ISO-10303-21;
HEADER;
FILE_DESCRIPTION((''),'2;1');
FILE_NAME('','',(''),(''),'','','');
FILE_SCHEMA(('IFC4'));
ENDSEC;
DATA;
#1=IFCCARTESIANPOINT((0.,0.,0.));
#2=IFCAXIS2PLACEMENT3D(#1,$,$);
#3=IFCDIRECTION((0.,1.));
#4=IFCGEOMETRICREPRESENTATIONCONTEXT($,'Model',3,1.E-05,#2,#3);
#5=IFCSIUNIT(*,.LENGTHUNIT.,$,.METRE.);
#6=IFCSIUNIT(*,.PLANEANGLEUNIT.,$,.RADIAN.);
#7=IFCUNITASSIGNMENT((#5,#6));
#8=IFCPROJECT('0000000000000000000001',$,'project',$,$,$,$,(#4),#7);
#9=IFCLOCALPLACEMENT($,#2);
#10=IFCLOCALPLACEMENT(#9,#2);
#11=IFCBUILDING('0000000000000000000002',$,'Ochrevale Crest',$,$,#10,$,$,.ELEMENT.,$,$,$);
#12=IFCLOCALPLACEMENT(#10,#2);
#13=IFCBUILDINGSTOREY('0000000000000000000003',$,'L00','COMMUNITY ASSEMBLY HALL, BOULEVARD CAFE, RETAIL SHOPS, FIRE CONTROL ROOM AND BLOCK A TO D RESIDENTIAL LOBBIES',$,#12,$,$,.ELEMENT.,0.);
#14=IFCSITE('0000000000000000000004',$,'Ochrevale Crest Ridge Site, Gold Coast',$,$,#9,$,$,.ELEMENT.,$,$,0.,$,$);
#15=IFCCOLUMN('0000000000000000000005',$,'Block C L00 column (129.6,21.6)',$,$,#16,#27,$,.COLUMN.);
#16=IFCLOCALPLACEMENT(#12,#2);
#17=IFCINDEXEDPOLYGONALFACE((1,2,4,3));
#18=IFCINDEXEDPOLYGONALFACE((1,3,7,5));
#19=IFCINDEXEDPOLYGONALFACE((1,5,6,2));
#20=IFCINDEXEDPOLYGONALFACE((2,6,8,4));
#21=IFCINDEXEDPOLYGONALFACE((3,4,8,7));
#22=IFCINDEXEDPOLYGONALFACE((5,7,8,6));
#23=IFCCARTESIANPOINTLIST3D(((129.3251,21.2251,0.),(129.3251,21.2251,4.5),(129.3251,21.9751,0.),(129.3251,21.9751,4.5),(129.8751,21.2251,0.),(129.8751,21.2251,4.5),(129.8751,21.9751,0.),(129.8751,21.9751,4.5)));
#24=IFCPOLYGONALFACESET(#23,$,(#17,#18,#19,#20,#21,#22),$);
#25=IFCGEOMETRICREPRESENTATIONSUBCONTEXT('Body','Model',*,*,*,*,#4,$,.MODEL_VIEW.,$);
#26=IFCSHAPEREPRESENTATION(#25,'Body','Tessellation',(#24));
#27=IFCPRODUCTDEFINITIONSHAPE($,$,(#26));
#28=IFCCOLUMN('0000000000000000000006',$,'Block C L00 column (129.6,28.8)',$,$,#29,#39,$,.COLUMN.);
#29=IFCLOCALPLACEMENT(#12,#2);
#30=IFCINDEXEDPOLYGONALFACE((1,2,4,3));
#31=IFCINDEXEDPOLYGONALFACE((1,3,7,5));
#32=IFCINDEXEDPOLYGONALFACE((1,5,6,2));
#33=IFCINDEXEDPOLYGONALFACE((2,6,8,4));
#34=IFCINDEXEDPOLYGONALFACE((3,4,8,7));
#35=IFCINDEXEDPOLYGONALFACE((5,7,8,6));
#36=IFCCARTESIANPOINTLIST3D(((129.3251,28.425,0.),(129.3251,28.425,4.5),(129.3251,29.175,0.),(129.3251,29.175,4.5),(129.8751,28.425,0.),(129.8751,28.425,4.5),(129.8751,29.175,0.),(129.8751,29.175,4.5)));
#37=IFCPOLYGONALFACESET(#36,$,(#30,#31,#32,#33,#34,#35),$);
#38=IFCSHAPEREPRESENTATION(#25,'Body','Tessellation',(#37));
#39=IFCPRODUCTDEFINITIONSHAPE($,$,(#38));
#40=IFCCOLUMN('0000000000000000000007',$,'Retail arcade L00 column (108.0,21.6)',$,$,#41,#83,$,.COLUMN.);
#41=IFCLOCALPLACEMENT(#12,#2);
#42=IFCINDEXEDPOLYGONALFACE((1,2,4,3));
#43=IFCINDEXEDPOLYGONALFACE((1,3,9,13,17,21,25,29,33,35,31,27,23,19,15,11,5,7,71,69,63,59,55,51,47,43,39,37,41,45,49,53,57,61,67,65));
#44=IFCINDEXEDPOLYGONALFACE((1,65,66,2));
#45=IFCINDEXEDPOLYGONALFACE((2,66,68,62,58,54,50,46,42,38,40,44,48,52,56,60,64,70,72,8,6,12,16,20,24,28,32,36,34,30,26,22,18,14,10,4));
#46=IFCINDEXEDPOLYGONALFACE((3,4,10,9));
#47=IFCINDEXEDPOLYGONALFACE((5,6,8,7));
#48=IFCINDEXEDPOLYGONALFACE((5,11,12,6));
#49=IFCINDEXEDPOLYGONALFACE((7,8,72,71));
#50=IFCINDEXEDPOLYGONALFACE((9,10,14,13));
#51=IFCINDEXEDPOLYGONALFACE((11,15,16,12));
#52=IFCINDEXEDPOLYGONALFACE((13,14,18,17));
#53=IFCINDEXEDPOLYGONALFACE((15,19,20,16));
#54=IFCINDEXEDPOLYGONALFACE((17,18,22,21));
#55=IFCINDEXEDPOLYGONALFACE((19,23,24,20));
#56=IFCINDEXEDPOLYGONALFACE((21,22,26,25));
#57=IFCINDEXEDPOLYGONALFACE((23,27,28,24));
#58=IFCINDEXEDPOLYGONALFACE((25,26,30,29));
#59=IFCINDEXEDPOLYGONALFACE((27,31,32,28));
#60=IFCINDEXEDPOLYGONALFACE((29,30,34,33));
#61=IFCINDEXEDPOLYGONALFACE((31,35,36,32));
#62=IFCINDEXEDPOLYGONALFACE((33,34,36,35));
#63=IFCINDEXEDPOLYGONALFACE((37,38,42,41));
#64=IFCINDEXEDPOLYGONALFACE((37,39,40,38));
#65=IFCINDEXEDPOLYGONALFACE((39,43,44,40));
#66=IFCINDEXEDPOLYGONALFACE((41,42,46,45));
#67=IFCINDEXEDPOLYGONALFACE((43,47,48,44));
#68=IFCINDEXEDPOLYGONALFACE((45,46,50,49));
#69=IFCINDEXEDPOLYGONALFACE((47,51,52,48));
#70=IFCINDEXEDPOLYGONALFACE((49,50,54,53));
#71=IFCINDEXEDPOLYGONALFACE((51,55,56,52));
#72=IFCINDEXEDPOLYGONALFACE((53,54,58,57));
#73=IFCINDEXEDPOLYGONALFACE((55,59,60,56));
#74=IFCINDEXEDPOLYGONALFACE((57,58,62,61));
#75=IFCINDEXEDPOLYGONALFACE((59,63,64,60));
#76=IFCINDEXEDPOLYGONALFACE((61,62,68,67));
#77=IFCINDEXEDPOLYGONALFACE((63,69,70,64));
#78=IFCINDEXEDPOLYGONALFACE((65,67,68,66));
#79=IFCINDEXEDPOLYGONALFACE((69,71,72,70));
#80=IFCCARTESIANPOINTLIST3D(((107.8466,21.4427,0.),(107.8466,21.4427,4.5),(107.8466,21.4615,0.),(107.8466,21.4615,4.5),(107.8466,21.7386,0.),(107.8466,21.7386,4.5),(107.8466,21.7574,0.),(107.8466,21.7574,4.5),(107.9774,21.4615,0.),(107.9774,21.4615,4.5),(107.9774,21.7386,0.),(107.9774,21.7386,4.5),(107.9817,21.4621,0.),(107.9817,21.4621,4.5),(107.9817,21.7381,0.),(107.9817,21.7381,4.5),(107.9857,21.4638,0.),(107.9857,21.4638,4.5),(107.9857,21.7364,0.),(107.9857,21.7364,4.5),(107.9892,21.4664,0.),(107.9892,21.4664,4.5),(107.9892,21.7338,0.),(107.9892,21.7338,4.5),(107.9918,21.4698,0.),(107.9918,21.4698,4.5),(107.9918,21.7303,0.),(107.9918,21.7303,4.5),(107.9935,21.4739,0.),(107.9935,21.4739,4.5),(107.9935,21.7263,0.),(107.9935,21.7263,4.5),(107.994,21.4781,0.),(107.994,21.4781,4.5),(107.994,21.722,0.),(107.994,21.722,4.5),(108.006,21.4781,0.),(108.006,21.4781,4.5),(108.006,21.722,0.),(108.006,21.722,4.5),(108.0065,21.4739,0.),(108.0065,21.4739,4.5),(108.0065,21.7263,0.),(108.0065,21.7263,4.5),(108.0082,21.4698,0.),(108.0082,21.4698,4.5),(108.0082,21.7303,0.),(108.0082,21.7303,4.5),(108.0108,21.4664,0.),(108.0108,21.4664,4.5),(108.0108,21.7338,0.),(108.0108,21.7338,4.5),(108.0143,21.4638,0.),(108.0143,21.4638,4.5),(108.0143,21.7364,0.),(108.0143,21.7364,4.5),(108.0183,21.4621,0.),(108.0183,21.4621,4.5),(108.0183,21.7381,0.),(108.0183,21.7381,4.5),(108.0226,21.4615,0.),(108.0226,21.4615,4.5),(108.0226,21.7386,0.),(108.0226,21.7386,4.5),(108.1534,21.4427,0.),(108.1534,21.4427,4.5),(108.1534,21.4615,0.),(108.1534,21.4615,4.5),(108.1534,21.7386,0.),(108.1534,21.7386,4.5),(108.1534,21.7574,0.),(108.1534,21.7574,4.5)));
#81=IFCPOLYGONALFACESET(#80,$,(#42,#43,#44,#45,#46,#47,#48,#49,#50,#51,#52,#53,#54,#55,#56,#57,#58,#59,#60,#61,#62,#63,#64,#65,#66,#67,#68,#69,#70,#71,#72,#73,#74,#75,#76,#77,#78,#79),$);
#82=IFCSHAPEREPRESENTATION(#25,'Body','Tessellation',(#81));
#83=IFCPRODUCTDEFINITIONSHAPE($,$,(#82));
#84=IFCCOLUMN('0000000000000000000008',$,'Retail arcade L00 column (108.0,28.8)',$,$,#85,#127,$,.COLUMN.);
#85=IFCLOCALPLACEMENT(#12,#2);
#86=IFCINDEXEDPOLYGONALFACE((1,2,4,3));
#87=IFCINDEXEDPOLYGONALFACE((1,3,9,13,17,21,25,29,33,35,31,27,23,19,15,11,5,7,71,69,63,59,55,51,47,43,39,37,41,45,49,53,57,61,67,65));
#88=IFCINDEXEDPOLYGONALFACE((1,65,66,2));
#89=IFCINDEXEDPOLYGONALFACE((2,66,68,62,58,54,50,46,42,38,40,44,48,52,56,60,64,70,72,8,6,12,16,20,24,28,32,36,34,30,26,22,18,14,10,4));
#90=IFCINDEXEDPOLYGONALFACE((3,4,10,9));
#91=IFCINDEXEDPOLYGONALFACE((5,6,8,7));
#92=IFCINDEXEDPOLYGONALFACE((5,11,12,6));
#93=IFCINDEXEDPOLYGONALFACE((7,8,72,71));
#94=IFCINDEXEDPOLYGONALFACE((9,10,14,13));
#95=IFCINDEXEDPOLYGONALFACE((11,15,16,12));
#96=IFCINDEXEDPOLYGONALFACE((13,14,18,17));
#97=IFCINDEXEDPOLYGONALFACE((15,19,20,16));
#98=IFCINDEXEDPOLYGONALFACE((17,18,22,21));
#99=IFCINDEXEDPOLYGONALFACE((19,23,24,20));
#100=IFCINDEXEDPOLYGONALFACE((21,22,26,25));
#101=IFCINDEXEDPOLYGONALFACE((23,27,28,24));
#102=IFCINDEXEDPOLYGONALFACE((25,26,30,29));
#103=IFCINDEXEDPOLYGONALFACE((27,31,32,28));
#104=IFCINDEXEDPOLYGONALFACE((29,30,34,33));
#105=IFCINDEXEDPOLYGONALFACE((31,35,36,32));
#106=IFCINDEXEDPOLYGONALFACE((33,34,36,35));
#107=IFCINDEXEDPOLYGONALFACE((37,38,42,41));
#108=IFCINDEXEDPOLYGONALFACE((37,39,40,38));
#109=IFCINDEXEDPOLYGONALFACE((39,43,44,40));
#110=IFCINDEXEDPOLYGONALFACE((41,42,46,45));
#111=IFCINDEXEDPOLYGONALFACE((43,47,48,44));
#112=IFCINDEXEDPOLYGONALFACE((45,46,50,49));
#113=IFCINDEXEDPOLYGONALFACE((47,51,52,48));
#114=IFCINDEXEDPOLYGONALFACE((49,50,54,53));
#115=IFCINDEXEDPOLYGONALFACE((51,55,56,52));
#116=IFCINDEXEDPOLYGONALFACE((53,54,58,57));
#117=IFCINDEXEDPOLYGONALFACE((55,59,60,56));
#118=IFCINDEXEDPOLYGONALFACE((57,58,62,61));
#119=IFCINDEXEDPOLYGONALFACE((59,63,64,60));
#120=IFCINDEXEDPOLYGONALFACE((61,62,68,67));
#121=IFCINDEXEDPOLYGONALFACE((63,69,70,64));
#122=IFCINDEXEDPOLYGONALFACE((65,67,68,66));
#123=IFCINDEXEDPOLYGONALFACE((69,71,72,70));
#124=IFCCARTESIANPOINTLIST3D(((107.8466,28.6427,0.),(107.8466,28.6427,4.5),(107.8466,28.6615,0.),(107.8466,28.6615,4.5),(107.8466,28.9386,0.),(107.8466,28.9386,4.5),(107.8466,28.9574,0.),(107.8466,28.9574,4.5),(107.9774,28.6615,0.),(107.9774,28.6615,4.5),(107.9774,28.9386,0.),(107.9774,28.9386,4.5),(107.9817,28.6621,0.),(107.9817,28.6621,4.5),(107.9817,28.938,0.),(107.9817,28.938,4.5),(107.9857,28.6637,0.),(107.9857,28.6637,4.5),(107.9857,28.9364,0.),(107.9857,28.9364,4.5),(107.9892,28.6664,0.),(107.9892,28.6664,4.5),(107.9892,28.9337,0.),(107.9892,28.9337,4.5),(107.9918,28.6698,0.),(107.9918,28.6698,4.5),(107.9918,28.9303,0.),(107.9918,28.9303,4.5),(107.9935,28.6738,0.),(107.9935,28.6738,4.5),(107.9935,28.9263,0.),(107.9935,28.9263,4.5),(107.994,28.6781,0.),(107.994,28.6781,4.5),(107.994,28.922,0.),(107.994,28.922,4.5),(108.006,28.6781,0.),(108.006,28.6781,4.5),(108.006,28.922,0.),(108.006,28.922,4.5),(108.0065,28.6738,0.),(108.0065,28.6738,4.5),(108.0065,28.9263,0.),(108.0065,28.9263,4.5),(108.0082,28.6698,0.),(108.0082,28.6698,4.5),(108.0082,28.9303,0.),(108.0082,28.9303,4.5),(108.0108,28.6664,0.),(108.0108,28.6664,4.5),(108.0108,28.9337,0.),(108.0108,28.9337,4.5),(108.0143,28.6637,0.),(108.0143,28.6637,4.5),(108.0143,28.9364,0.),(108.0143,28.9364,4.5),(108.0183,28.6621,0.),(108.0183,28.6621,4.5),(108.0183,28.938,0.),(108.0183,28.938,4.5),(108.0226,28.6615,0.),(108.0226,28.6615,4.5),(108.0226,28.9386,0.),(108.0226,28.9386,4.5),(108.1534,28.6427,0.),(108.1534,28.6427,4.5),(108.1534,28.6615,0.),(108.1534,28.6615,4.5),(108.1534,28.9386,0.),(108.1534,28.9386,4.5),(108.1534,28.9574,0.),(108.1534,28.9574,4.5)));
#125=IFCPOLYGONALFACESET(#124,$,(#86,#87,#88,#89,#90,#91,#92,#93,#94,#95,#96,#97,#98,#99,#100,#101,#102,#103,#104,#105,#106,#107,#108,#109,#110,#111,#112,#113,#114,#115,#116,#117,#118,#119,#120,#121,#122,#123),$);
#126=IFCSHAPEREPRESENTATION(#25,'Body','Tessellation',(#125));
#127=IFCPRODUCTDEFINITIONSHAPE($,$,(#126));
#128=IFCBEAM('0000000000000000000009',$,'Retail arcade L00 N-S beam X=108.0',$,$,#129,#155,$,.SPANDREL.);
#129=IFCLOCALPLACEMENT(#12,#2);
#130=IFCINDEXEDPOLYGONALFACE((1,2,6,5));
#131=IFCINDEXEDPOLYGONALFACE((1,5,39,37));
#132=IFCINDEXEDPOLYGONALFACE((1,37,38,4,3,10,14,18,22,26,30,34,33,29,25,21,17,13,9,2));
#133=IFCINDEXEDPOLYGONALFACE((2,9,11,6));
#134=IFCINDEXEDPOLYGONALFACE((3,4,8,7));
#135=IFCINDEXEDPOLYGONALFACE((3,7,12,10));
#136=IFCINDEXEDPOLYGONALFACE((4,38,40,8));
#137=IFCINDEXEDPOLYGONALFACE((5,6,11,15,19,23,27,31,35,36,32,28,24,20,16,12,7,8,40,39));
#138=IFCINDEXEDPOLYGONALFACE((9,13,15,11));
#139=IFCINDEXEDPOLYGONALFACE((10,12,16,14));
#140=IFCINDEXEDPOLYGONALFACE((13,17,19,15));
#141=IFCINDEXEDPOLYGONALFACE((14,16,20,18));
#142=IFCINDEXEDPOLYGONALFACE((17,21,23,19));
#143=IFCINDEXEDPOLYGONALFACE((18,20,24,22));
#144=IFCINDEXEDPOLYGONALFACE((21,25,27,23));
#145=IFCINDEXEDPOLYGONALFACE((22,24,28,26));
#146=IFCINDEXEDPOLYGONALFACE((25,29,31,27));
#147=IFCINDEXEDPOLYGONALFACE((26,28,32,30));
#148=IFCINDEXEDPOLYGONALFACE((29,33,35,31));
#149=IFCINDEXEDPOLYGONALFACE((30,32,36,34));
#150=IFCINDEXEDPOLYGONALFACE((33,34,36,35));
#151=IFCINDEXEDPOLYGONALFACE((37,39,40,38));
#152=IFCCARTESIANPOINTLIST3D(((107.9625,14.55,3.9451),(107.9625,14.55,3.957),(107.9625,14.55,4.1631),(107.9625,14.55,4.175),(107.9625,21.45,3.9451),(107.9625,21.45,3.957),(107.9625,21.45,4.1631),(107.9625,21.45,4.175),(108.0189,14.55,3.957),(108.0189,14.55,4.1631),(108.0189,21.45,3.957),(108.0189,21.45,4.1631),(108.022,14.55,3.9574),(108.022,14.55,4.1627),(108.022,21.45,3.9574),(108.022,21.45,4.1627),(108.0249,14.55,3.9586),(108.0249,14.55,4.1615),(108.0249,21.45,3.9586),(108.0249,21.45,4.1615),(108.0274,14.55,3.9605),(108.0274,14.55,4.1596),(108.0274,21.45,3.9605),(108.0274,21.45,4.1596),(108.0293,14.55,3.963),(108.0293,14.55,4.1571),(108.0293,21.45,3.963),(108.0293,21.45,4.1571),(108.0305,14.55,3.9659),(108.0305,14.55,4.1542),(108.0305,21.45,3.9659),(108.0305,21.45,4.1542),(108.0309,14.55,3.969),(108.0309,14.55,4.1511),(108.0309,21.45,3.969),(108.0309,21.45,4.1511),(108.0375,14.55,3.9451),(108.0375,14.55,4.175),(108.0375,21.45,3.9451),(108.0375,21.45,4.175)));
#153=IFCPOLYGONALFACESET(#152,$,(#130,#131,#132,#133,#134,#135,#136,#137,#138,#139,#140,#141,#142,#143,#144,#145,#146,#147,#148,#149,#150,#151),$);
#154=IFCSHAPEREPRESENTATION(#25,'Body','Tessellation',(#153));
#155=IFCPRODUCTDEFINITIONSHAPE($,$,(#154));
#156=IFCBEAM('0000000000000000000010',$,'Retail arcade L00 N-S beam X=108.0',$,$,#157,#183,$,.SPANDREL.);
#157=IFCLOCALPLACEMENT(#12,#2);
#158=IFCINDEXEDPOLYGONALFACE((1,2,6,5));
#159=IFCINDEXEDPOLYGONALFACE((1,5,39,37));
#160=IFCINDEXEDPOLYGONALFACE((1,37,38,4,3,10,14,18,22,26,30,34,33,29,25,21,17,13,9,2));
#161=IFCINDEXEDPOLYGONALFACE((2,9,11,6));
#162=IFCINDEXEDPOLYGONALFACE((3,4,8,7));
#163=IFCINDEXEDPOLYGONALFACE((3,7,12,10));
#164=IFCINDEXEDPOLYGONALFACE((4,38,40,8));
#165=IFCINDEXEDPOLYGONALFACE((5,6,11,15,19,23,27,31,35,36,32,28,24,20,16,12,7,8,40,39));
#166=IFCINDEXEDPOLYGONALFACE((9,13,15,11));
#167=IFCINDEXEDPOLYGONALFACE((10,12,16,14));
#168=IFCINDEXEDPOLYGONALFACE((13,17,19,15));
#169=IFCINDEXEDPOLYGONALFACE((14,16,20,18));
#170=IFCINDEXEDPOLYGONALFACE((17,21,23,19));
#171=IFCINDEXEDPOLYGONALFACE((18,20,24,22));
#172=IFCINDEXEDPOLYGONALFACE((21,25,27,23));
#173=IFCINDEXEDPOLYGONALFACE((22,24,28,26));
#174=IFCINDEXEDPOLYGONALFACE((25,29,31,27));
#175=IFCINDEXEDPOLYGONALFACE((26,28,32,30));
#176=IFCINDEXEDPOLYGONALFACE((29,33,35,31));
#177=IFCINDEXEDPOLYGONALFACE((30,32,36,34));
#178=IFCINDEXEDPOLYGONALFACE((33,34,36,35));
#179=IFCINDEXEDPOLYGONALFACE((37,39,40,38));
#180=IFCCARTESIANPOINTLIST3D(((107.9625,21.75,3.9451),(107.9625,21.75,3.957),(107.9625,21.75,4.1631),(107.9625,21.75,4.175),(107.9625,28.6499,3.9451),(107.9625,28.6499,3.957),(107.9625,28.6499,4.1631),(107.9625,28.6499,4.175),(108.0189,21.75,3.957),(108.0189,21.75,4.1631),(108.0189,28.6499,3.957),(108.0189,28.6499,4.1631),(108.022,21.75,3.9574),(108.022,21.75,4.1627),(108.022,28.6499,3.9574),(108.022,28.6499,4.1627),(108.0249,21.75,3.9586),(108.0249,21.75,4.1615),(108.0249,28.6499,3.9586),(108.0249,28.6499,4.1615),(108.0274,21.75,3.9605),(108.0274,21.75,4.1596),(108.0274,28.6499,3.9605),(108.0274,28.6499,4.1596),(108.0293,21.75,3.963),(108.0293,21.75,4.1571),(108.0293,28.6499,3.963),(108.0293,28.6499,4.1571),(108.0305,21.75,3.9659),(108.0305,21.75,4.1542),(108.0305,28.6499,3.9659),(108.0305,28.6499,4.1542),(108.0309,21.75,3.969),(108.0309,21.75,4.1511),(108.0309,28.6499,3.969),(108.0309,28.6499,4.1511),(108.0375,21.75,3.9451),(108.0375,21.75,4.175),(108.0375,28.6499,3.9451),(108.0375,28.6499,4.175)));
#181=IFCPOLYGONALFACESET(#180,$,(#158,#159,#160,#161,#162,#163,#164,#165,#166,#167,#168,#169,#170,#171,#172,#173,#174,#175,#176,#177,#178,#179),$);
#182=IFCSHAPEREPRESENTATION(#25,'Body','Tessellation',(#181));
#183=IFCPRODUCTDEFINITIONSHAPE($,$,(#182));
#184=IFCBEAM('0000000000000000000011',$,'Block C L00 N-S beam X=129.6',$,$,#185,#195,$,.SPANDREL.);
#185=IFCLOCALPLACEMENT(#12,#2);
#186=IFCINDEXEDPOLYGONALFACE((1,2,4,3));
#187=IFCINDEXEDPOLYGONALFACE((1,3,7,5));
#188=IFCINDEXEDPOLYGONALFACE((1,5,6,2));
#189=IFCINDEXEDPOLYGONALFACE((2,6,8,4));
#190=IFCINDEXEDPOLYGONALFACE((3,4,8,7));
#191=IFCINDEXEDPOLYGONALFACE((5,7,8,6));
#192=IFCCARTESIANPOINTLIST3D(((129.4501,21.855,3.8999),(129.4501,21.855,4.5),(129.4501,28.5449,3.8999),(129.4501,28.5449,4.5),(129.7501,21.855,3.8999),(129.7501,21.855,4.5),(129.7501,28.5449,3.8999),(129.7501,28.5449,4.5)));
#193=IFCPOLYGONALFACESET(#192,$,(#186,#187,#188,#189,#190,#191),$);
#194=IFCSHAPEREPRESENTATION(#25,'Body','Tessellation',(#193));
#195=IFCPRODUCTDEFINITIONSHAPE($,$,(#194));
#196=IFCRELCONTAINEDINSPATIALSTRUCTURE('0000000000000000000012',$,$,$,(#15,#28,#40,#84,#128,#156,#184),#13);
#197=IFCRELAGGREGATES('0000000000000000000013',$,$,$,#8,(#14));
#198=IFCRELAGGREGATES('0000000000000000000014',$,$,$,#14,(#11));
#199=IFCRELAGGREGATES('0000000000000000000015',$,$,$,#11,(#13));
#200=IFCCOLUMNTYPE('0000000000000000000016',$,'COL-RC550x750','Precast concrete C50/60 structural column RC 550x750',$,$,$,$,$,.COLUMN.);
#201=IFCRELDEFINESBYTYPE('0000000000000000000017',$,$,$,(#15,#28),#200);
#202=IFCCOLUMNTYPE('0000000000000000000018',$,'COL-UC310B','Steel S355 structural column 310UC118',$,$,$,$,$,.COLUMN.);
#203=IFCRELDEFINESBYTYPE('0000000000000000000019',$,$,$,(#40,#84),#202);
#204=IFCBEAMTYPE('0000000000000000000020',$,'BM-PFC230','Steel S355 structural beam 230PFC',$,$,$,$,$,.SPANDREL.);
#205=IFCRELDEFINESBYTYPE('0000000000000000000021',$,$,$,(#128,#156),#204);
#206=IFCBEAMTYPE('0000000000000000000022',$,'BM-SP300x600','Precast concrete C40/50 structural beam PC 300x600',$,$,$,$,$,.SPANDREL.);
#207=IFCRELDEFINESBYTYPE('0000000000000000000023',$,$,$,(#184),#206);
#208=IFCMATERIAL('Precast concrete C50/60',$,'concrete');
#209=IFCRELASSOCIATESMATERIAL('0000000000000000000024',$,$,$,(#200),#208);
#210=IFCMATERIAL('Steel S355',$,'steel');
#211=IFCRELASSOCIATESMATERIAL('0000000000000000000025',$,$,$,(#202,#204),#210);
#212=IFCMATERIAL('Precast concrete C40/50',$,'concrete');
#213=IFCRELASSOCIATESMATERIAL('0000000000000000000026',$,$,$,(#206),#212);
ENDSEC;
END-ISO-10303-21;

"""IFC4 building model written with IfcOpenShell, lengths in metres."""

from ifc_helpers import new_model, si_unit, direction, frame, origin, origin_2d, place, context, subcontext, project, spatial, rectangle, i_section, u_section, extrude, material, material_profile, profile_set, type_object, element, save


model = new_model("IFC4")

# Units and contexts
model_context = context("Model", 3, precision=1e-05, world=origin(), true_north=direction((0.0, 1.0)))
body_context = subcontext(model_context, "Body", "Model", "MODEL_VIEW")
ifc_project = project(units=[si_unit("LENGTHUNIT", "METRE"), si_unit("PLANEANGLEUNIT", "RADIAN")], contexts=[model_context])

# Site, building, storey
site_placement = place(None, origin())
site = spatial("IfcSite", under=ifc_project, at=site_placement, Name="Ochrevale Crest Ridge Site, Gold Coast", CompositionType="ELEMENT", RefElevation=0.0)
building_placement = place(site_placement, origin())
building = spatial("IfcBuilding", under=site, at=building_placement, Name="Ochrevale Crest", CompositionType="ELEMENT")
storey_placement = place(building_placement, origin())
storey = spatial("IfcBuildingStorey", under=building, at=storey_placement, Name="L00", Description="COMMUNITY ASSEMBLY HALL, BOULEVARD CAFE, RETAIL SHOPS, FIRE CONTROL ROOM AND BLOCK A TO D RESIDENTIAL LOBBIES", CompositionType="ELEMENT", Elevation=0.0)

# Columns
ifc_material_1 = material(Name="Precast concrete C50/60", Category="concrete")
ifc_material_profile_1 = material_profile(ifc_material_1, rectangle(XDim=0.55, YDim=0.75, at=origin_2d()), Name="RC 550x750")
ifc_profile_set_1 = profile_set([ifc_material_profile_1], Name="Precast concrete C50/60")
column_type_1 = type_object("IfcColumnType", Name="COL-RC550x750", Description="Precast concrete C50/60 structural column RC 550x750", PredefinedType="COLUMN", material=ifc_profile_set_1)
for number, where, z_axis, x_axis, name in (
    (1, (129.6001, 21.6001, 0.0), (0.0, 0.0, 1.0), (1.0, 0.0, 0.0), "Block C L00 column (129.6,21.6)"),
    (2, (129.6001, 28.8, 0.0), (0.0, 0.0, 1.0), (1.0, 0.0, 0.0), "Block C L00 column (129.6,28.8)"),
):
    element("IfcColumn", number, at=place(storey_placement, frame(where, z_axis=z_axis, x_axis=x_axis)), inside=storey, type_object=column_type_1, Name=name, PredefinedType="COLUMN", context=body_context, shape_type="SweptSolid", body=[
        extrude(rectangle(XDim=0.55, YDim=0.75, at=origin_2d()), origin(), (0.0, 0.0, 1.0), 4.5),
    ])
ifc_material_2 = material(Name="Steel S355", Category="steel")
ifc_material_profile_2 = material_profile(ifc_material_2, i_section(OverallWidth=0.3069, OverallDepth=0.3147, WebThickness=0.012, FlangeThickness=0.0188, FilletRadius=0.0166, at=origin_2d()), Name="310UC118")
ifc_profile_set_2 = profile_set([ifc_material_profile_2], Name="Steel S355")
column_type_2 = type_object("IfcColumnType", Name="COL-UC310B", Description="Steel S355 structural column 310UC118", PredefinedType="COLUMN", material=ifc_profile_set_2)
for number, where, z_axis, x_axis, name in (
    (3, (108.0, 21.6001, 0.0), (0.0, 0.0, 1.0), (1.0, 0.0, 0.0), "Retail arcade L00 column (108.0,21.6)"),
    (4, (108.0, 28.8, 0.0), (0.0, 0.0, 1.0), (1.0, 0.0, 0.0), "Retail arcade L00 column (108.0,28.8)"),
):
    element("IfcColumn", number, at=place(storey_placement, frame(where, z_axis=z_axis, x_axis=x_axis)), inside=storey, type_object=column_type_2, Name=name, PredefinedType="COLUMN", context=body_context, shape_type="SweptSolid", body=[
        extrude(i_section(OverallWidth=0.3069, OverallDepth=0.3147, WebThickness=0.012, FlangeThickness=0.0188, FilletRadius=0.0166, at=origin_2d()), origin(), (0.0, 0.0, 1.0), 4.5),
    ])

# Beams
ifc_material_profile_3 = material_profile(ifc_material_2, u_section(Depth=0.23, FlangeWidth=0.075, WebThickness=0.0066, FlangeThickness=0.012, FilletRadius=0.012, at=origin_2d()), Name="230PFC")
ifc_profile_set_3 = profile_set([ifc_material_profile_3], Name="Steel S355")
beam_type_1 = type_object("IfcBeamType", Name="BM-PFC230", Description="Steel S355 structural beam 230PFC", PredefinedType="SPANDREL", material=ifc_profile_set_3)
for number, where, z_axis, x_axis, name in (
    (5, (108.0, 14.55, 4.0601), (0.0, 1.0, 0.0), (-1.0, 0.0, 0.0), "Retail arcade L00 N-S beam X=108.0"),
    (6, (108.0, 21.75, 4.0601), (0.0, 1.0, 0.0), (-1.0, 0.0, 0.0), "Retail arcade L00 N-S beam X=108.0"),
):
    element("IfcBeam", number, at=place(storey_placement, frame(where, z_axis=z_axis, x_axis=x_axis)), inside=storey, type_object=beam_type_1, Name=name, PredefinedType="SPANDREL", context=body_context, shape_type="SweptSolid", body=[
        extrude(u_section(Depth=0.23, FlangeWidth=0.075, WebThickness=0.0066, FlangeThickness=0.012, FilletRadius=0.012, at=origin_2d()), origin(), (0.0, 0.0, 1.0), 6.8999),
    ])
ifc_material_3 = material(Name="Precast concrete C40/50", Category="concrete")
ifc_material_profile_4 = material_profile(ifc_material_3, rectangle(XDim=0.3, YDim=0.6001, at=origin_2d()), Name="PC 300x600")
ifc_profile_set_4 = profile_set([ifc_material_profile_4], Name="Precast concrete C40/50")
beam_type_2 = type_object("IfcBeamType", Name="BM-SP300x600", Description="Precast concrete C40/50 structural beam PC 300x600", PredefinedType="SPANDREL", material=ifc_profile_set_4)
beam_placement = place(storey_placement, frame((129.6001, 21.855, 4.2), z_axis=(0.0, 1.0, 0.0), x_axis=(-1.0, 0.0, 0.0)))
element("IfcBeam", 7, at=beam_placement, inside=storey, type_object=beam_type_2, Name="Block C L00 N-S beam X=129.6", PredefinedType="SPANDREL", context=body_context, shape_type="SweptSolid", body=[
    extrude(rectangle(XDim=0.3, YDim=0.6001, at=origin_2d()), origin(), (0.0, 0.0, 1.0), 6.6899),
])

save(model, "model.ifc")
